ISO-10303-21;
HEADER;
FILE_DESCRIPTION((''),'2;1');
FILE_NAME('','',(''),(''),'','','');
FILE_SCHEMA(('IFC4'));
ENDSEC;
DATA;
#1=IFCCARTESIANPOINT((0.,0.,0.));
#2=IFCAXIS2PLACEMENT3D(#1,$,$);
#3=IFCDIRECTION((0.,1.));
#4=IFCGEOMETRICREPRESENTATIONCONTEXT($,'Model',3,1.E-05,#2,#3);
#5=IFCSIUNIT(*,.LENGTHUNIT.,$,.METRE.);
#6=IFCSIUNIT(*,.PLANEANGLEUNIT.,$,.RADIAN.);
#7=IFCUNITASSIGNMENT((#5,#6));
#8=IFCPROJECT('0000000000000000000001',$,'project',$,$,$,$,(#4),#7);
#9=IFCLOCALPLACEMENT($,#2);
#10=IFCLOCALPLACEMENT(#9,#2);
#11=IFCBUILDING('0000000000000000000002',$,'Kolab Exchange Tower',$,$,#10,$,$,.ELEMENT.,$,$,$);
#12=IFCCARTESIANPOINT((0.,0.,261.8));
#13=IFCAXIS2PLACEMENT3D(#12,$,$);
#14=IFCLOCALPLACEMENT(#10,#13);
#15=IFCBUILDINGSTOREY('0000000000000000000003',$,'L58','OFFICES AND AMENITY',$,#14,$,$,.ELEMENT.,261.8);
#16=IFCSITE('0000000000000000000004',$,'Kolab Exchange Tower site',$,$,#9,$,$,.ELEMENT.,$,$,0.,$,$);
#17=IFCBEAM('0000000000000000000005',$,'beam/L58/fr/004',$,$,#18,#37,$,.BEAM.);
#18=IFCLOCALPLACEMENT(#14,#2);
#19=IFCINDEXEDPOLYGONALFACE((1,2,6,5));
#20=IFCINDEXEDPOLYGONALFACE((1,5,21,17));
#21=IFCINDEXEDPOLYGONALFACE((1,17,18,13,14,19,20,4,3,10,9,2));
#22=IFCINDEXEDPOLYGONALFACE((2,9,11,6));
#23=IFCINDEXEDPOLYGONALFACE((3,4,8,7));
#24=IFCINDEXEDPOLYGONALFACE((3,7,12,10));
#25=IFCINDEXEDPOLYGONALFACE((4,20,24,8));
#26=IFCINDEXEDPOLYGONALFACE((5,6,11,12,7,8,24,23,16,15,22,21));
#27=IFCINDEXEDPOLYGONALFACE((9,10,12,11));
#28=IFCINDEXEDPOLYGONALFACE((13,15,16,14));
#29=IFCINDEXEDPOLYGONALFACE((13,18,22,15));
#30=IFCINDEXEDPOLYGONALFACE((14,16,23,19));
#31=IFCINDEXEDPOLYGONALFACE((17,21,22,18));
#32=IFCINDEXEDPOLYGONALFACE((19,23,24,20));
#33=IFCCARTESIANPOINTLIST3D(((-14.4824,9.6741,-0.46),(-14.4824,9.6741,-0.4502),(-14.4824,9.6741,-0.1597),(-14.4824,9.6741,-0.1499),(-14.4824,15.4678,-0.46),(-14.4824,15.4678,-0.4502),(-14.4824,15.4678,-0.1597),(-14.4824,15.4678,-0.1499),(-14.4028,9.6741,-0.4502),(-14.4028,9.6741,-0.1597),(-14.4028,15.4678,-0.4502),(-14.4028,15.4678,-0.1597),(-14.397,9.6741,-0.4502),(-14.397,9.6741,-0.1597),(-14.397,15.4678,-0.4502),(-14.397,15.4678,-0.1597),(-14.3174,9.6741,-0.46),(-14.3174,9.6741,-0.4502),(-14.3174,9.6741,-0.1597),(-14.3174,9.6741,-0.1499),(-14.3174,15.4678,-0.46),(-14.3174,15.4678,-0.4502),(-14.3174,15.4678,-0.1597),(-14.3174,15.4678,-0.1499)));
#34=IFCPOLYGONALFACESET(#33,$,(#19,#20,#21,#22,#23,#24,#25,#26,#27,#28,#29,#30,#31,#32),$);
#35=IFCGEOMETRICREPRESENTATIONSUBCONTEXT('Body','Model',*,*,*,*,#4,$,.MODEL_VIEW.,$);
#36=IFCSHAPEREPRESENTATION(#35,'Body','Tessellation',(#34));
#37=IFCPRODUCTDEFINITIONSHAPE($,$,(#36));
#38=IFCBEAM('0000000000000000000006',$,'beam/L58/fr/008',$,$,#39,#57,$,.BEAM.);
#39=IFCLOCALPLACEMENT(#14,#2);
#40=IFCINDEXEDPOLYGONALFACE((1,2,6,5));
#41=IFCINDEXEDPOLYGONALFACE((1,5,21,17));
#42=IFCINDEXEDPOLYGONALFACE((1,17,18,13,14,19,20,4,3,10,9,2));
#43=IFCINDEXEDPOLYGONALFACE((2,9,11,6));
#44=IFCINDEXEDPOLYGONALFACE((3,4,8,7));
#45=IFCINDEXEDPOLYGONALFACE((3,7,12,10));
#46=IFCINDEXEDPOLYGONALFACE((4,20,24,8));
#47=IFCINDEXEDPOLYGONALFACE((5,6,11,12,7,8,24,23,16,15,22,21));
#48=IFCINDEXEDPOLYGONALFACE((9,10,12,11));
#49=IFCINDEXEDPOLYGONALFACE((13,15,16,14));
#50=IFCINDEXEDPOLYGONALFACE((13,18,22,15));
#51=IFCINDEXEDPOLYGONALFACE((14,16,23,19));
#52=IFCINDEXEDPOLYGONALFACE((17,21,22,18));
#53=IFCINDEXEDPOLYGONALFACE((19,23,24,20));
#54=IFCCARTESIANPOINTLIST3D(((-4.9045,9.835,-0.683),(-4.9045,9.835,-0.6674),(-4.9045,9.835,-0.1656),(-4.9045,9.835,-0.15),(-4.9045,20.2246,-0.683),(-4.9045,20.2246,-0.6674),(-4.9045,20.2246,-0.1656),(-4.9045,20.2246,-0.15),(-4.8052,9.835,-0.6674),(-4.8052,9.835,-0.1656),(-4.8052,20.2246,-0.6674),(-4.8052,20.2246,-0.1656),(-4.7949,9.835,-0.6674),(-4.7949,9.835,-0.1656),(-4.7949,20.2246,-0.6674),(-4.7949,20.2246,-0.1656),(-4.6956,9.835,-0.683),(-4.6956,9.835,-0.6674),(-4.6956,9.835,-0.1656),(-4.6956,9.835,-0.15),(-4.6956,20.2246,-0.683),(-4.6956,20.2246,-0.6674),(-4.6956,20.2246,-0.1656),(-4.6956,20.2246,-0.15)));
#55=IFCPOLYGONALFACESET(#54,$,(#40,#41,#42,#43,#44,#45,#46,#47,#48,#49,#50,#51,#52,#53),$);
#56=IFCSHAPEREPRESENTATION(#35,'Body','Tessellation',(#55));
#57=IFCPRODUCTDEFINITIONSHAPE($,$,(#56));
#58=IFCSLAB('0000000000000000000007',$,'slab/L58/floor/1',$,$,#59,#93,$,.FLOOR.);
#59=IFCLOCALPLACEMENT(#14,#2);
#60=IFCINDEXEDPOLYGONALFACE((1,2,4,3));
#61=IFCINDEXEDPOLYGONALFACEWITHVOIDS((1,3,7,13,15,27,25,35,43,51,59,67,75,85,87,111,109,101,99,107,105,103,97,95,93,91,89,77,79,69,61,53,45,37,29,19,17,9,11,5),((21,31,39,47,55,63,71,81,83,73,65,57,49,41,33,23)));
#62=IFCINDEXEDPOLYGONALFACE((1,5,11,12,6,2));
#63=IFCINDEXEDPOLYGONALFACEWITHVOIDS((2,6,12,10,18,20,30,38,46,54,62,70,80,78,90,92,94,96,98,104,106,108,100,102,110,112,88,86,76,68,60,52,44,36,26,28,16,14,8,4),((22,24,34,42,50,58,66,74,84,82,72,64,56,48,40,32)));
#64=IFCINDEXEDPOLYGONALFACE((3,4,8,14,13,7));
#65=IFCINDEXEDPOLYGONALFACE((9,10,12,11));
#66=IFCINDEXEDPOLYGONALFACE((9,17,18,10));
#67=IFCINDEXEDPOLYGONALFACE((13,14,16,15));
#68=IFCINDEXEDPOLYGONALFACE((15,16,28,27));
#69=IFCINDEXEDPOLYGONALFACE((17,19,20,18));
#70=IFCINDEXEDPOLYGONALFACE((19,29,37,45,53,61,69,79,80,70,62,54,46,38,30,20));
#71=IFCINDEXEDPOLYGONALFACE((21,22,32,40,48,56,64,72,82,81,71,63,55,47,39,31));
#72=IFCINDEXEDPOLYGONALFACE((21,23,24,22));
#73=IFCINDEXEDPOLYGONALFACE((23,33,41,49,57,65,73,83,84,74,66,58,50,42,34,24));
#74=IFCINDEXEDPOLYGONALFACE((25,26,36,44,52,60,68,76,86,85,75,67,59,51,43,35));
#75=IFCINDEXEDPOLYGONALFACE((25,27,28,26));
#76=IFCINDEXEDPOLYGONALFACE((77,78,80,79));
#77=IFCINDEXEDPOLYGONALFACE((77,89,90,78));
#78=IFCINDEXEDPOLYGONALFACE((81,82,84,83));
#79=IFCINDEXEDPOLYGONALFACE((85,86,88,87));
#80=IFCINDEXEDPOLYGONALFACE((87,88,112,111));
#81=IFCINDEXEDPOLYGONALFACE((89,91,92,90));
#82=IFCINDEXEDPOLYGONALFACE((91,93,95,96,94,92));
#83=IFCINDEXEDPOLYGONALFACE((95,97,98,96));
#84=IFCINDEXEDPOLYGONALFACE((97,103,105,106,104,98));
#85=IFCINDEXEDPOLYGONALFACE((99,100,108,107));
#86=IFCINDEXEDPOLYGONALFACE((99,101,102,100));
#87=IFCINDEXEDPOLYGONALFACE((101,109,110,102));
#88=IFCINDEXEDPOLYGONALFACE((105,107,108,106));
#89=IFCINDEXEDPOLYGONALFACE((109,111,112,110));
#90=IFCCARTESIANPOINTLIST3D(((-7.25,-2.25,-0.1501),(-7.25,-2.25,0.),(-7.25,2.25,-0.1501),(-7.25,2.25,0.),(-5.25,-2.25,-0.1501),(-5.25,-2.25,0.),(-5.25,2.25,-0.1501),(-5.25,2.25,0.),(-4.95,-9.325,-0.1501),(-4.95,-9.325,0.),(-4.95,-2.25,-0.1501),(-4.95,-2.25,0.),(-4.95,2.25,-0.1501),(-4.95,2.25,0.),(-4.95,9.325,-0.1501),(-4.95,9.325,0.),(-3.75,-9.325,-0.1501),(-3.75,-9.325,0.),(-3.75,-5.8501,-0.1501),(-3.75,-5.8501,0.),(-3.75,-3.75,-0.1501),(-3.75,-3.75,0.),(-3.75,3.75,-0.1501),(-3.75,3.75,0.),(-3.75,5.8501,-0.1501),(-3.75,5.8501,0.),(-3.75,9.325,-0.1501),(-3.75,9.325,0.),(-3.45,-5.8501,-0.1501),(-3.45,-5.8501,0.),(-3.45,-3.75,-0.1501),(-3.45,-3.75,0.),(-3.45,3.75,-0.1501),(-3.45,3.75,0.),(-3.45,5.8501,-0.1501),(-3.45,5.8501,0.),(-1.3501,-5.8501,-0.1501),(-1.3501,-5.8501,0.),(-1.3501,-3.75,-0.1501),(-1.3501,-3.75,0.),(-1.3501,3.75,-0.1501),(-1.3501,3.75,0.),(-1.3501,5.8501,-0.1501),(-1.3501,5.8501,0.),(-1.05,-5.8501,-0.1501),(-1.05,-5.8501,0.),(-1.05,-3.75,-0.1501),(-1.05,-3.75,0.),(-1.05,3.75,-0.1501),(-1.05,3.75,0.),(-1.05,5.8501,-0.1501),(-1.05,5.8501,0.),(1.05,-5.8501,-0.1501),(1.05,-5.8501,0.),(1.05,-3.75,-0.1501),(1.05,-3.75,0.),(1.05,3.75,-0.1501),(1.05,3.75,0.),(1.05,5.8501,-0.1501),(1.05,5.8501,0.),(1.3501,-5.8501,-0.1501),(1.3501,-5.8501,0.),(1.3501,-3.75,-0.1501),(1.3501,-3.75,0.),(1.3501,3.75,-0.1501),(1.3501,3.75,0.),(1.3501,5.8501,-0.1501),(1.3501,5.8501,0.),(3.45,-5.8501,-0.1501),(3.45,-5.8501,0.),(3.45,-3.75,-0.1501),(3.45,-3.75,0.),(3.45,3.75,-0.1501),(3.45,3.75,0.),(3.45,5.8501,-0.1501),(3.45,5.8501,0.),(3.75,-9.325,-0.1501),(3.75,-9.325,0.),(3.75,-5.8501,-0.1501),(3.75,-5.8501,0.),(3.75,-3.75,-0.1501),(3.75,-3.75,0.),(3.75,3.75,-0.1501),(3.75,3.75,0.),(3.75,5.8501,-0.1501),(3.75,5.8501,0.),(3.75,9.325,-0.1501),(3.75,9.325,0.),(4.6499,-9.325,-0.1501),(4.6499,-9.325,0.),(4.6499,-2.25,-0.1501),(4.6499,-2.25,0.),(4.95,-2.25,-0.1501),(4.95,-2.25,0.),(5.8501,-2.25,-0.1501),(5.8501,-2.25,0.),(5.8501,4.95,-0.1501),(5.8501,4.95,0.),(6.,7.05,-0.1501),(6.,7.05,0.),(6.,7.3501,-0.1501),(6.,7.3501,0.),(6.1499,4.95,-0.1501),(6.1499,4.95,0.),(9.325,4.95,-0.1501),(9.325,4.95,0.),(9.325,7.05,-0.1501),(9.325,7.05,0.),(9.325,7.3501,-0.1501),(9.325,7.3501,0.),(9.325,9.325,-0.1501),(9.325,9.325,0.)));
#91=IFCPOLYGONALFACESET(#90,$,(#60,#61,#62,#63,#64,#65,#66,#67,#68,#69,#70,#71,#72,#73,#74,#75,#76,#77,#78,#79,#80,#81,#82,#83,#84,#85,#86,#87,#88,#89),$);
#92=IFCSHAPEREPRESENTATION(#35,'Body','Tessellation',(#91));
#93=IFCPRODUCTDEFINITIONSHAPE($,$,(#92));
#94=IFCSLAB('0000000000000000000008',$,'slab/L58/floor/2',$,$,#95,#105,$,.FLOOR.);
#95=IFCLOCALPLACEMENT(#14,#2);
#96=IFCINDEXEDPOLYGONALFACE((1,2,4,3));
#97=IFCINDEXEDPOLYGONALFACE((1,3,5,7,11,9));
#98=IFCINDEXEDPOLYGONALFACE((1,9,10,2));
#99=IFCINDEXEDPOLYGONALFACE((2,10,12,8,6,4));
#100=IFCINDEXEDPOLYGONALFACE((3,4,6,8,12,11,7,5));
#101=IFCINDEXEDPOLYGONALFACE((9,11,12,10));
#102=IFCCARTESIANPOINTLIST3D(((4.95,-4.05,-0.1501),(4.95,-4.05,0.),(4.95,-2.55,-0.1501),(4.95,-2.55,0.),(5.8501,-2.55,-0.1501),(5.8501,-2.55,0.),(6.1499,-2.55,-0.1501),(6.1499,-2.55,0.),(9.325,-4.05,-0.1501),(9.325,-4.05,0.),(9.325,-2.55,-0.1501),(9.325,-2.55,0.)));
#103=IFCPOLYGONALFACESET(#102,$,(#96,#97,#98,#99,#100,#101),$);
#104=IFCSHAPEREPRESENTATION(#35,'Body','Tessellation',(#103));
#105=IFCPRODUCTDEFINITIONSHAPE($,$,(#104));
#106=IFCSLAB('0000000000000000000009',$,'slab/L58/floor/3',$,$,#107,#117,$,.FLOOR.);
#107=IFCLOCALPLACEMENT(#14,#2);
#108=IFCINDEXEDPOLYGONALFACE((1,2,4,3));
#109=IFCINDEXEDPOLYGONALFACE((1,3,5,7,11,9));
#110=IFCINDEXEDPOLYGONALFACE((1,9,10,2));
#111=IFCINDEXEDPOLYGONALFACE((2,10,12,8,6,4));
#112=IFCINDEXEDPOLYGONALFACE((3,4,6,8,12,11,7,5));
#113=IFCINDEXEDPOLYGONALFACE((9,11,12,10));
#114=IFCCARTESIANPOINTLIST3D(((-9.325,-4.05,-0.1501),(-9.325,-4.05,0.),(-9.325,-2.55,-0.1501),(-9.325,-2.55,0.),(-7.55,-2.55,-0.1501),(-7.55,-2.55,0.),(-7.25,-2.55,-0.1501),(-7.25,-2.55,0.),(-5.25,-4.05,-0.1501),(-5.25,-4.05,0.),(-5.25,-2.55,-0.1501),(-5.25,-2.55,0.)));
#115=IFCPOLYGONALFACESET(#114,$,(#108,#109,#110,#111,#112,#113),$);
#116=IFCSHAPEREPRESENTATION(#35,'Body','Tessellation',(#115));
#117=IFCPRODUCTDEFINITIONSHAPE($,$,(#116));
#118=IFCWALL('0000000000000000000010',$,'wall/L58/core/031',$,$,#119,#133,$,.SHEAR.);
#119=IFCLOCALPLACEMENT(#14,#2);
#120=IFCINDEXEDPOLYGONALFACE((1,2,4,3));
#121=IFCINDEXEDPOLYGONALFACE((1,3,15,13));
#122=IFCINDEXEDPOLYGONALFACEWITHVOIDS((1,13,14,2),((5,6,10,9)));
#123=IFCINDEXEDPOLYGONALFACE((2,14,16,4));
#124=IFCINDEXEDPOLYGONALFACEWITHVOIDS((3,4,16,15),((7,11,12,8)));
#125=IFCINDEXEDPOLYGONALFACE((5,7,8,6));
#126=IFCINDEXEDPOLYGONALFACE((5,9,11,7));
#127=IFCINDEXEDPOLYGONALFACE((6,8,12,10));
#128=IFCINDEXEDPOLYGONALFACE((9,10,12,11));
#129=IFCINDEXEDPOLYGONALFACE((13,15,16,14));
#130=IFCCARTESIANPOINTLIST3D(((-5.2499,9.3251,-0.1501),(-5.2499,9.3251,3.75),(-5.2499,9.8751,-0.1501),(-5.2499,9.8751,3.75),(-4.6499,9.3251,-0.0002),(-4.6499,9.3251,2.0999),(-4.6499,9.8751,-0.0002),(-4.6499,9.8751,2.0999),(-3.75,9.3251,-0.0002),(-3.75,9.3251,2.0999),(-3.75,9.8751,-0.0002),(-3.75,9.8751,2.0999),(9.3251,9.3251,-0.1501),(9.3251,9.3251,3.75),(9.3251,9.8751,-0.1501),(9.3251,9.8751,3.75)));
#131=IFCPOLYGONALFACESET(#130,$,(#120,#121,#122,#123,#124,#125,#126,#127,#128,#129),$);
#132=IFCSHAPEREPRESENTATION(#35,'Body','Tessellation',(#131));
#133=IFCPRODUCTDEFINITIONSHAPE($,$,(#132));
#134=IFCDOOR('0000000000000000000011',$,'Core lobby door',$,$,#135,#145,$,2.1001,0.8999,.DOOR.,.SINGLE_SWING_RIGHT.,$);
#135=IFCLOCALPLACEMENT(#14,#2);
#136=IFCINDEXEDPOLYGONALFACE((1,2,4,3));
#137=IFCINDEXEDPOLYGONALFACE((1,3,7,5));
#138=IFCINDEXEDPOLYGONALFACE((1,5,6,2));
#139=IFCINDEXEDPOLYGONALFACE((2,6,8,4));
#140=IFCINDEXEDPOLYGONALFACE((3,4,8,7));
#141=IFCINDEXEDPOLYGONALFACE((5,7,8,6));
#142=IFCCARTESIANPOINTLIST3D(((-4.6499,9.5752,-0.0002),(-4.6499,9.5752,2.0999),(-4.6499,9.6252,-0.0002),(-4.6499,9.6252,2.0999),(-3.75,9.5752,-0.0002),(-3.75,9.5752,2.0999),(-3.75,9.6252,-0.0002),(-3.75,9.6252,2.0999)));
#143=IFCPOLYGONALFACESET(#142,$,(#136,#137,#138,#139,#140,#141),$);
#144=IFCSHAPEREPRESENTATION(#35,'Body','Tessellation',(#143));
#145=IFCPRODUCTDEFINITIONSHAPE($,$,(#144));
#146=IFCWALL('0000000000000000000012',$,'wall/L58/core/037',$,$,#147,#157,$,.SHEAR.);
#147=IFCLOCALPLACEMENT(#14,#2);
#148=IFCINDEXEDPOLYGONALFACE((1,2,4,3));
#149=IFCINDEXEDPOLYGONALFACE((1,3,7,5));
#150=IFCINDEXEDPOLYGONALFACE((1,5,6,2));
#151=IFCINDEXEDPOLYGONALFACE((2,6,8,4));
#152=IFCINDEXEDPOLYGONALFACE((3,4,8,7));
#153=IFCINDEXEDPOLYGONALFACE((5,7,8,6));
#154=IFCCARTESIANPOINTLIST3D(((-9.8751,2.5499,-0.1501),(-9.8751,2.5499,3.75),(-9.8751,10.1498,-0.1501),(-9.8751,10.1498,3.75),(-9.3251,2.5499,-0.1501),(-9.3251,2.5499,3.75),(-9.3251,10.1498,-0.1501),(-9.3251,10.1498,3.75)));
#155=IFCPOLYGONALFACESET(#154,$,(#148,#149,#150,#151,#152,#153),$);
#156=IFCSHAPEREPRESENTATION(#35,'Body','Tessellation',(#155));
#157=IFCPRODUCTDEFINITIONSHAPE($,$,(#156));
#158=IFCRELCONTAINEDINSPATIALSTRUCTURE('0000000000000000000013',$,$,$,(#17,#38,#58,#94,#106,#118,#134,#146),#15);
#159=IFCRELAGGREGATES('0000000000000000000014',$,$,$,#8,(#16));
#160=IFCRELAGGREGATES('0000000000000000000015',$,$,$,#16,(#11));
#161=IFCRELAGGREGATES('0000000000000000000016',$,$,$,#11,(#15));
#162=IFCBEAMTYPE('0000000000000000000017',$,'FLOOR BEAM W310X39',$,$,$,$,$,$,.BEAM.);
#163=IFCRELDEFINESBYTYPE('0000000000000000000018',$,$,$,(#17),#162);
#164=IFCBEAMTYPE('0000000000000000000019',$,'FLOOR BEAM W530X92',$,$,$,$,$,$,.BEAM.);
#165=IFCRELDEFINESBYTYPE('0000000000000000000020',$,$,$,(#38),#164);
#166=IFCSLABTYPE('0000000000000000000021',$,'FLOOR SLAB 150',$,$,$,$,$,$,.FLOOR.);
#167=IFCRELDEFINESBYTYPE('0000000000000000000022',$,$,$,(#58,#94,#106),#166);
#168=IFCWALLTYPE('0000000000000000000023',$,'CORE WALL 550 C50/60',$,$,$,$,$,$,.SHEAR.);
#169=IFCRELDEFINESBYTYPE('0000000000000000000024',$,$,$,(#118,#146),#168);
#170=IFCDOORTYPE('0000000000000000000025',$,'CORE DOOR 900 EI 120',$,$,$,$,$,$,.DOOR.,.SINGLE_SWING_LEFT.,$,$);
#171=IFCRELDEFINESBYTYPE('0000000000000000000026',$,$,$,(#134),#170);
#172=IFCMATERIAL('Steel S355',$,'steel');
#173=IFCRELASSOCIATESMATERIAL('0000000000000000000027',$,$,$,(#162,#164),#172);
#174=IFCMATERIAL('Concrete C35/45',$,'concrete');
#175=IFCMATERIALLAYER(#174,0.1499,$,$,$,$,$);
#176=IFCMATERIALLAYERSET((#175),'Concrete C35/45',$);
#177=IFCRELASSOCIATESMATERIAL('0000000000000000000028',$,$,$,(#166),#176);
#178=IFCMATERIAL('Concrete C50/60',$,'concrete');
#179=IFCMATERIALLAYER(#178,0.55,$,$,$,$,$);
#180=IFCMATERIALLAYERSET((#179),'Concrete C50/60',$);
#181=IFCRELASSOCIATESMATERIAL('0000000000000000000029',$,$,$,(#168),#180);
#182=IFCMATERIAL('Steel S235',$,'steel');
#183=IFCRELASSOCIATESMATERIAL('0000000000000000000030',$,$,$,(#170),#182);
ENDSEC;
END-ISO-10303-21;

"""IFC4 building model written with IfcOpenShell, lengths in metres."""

from ifc_helpers import new_model, si_unit, direction, frame, frame_2d, origin, origin_2d, place, context, subcontext, project, spatial, polyline, rectangle, i_section, outline, extrude, material, layer, layer_set, material_profile, profile_set, type_object, element, fill, save


model = new_model("IFC4")

# Units and contexts
model_context = context("Model", 3, precision=1e-05, world=origin(), true_north=direction((0.0, 1.0)))
body_context = subcontext(model_context, "Body", "Model", "MODEL_VIEW")
ifc_project = project(units=[si_unit("LENGTHUNIT", "METRE"), si_unit("PLANEANGLEUNIT", "RADIAN")], contexts=[model_context])

# Site, building, storey
site_placement = place(None, origin())
site = spatial("IfcSite", under=ifc_project, at=site_placement, Name="Kolab Exchange Tower site", CompositionType="ELEMENT", RefElevation=0.0)
building_placement = place(site_placement, origin())
building = spatial("IfcBuilding", under=site, at=building_placement, Name="Kolab Exchange Tower", CompositionType="ELEMENT")
storey_placement = place(building_placement, frame((0.0, 0.0, 261.8)))
storey = spatial("IfcBuildingStorey", under=building, at=storey_placement, Name="L58", Description="OFFICES AND AMENITY", CompositionType="ELEMENT", Elevation=261.8)

# Beams
ifc_material_1 = material(Name="Steel S355", Category="steel")
ifc_material_profile_1 = material_profile(ifc_material_1, i_section(OverallWidth=0.165, OverallDepth=0.3101, WebThickness=0.0059, FlangeThickness=0.0098, at=origin_2d()), Name="W310X39")
ifc_profile_set_1 = profile_set([ifc_material_profile_1], Name="Steel S355")
beam_type_1 = type_object("IfcBeamType", Name="FLOOR BEAM W310X39", PredefinedType="BEAM", material=ifc_profile_set_1)
beam_1_placement = place(storey_placement, frame((-14.3999, 9.6741, -0.3049), z_axis=(0.0, 1.0, 0.0), x_axis=(-1.0, 0.0, 0.0)))
element("IfcBeam", 1, at=beam_1_placement, inside=storey, type_object=beam_type_1, Name="beam/L58/fr/004", PredefinedType="BEAM", context=body_context, shape_type="SweptSolid", body=[
    extrude(i_section(OverallWidth=0.165, OverallDepth=0.3101, WebThickness=0.0059, FlangeThickness=0.0098, at=origin_2d()), origin(), (0.0, 0.0, 1.0), 5.7937),
])
ifc_material_profile_2 = material_profile(ifc_material_1, i_section(OverallWidth=0.209, OverallDepth=0.533, WebThickness=0.0103, FlangeThickness=0.0156, at=origin_2d()), Name="W530X92")
ifc_profile_set_2 = profile_set([ifc_material_profile_2], Name="Steel S355")
beam_type_2 = type_object("IfcBeamType", Name="FLOOR BEAM W530X92", PredefinedType="BEAM", material=ifc_profile_set_2)
beam_2_placement = place(storey_placement, frame((-4.8, 9.835, -0.4165), z_axis=(0.0, 1.0, 0.0), x_axis=(-1.0, 0.0, 0.0)))
element("IfcBeam", 2, at=beam_2_placement, inside=storey, type_object=beam_type_2, Name="beam/L58/fr/008", PredefinedType="BEAM", context=body_context, shape_type="SweptSolid", body=[
    extrude(i_section(OverallWidth=0.209, OverallDepth=0.533, WebThickness=0.0103, FlangeThickness=0.0156, at=origin_2d()), origin(), (0.0, 0.0, 1.0), 10.3896),
])

# Slabs
ifc_material_2 = material(Name="Concrete C35/45", Category="concrete")
ifc_layer_1 = layer(ifc_material_2, 0.1499)
ifc_layer_set_1 = layer_set([ifc_layer_1], Name="Concrete C35/45")
slab_type = type_object("IfcSlabType", Name="FLOOR SLAB 150", PredefinedType="FLOOR", material=ifc_layer_set_1)
slab_1_placement = place(storey_placement, frame((0.0, 0.0, -0.1501)))
element("IfcSlab", 3, at=slab_1_placement, inside=storey, type_object=slab_type, Name="slab/L58/floor/1", PredefinedType="FLOOR", context=body_context, shape_type="SweptSolid", body=[
    extrude(outline(polyline([(-4.95, 9.325), (-4.95, 2.25), (-5.25, 2.25), (-7.25, 2.25), (-7.25, -2.25), (-5.25, -2.25), (-4.95, -2.25), (-4.95, -9.325), (-3.75, -9.325), (-3.75, -5.8501), (-3.45, -5.8501), (-1.3501, -5.8501), (-1.05, -5.8501), (1.05, -5.8501), (1.3501, -5.8501), (3.45, -5.8501), (3.75, -5.8501), (3.75, -9.325), (4.6499, -9.325), (4.6499, -2.25), (4.95, -2.25), (5.8501, -2.25), (5.8501, 4.95), (6.1499, 4.95), (9.325, 4.95), (9.325, 7.05), (6.0, 7.05), (6.0, 7.3501), (9.325, 7.3501), (9.325, 9.325), (3.75, 9.325), (3.75, 5.8501), (3.45, 5.8501), (1.3501, 5.8501), (1.05, 5.8501), (-1.05, 5.8501), (-1.3501, 5.8501), (-3.45, 5.8501), (-3.75, 5.8501), (-3.75, 9.325), (-4.95, 9.325)]), holes=[polyline([(-3.45, -3.75), (-3.75, -3.75), (-3.75, 3.75), (-3.45, 3.75), (-1.3501, 3.75), (-1.05, 3.75), (1.05, 3.75), (1.3501, 3.75), (3.45, 3.75), (3.75, 3.75), (3.75, -3.75), (3.45, -3.75), (1.3501, -3.75), (1.05, -3.75), (-1.05, -3.75), (-1.3501, -3.75), (-3.45, -3.75)])]), origin(), (0.0, 0.0, 1.0), 0.1501),
])
slab_2_placement = place(storey_placement, frame((0.0, 0.0, -0.1501)))
element("IfcSlab", 4, at=slab_2_placement, inside=storey, type_object=slab_type, Name="slab/L58/floor/2", PredefinedType="FLOOR", context=body_context, shape_type="SweptSolid", body=[
    extrude(outline(polyline([(4.95, -2.55), (4.95, -4.05), (9.325, -4.05), (9.325, -2.55), (6.1499, -2.55), (5.8501, -2.55), (4.95, -2.55)])), origin(), (0.0, 0.0, 1.0), 0.1501),
])
slab_3_placement = place(storey_placement, frame((0.0, 0.0, -0.1501)))
element("IfcSlab", 5, at=slab_3_placement, inside=storey, type_object=slab_type, Name="slab/L58/floor/3", PredefinedType="FLOOR", context=body_context, shape_type="SweptSolid", body=[
    extrude(outline(polyline([(-7.55, -2.55), (-9.325, -2.55), (-9.325, -4.05), (-5.25, -4.05), (-5.25, -2.55), (-7.25, -2.55), (-7.55, -2.55)])), origin(), (0.0, 0.0, 1.0), 0.1501),
])

# Wall, opening, door
ifc_material_3 = material(Name="Concrete C50/60", Category="concrete")
ifc_layer_2 = layer(ifc_material_3, 0.55)
ifc_layer_set_2 = layer_set([ifc_layer_2], Name="Concrete C50/60")
wall_type_1 = type_object("IfcWallType", Name="CORE WALL 550 C50/60", PredefinedType="SHEAR", material=ifc_layer_set_2)
wall_1_placement = place(storey_placement, frame((-5.25, 9.6001, -0.1501), z_axis=(0.0, 0.0, 1.0), x_axis=(1.0, 0.0, 0.0)))
wall_1 = element("IfcWall", 6, at=wall_1_placement, inside=storey, type_object=wall_type_1, Name="wall/L58/core/031", PredefinedType="SHEAR", context=body_context, shape_type="SweptSolid", body=[
    extrude(rectangle(XDim=14.575, YDim=0.55, at=frame_2d((7.2876, 0.0))), origin(), (0.0, 0.0, 1.0), 3.9001),
])
opening_1_placement = place(wall_1_placement, frame((0.6001, 0.0, 0.1499)))
opening_1 = element("IfcOpeningElement", 7, at=opening_1_placement, cuts=wall_1, PredefinedType="OPENING", context=body_context, shape_type="SweptSolid", body=[
    extrude(rectangle(XDim=0.8999, YDim=2.1001, at=frame_2d((0.45, 1.05))), frame((0.0, 0.2852, 0.0), z_axis=(0.0, -1.0, 0.0), x_axis=(1.0, 0.0, 0.0)), (0.0, 0.0, 1.0), 0.5701),
])
ifc_material_4 = material(Name="Steel S235", Category="steel")
door_type_1 = type_object("IfcDoorType", Name="CORE DOOR 900 EI 120", OperationType="SINGLE_SWING_LEFT", PredefinedType="DOOR", material=ifc_material_4)
door_1_placement = place(opening_1_placement, frame((0.8999, 0.0, 0.0), z_axis=(0.0, 0.0, 1.0), x_axis=(-1.0, 0.0, 0.0)))
door_1 = element("IfcDoor", 8, at=door_1_placement, inside=storey, type_object=door_type_1, Name="Core lobby door", OperationType="SINGLE_SWING_RIGHT", OverallHeight=2.1001, OverallWidth=0.8999, PredefinedType="DOOR", context=body_context, shape_type="SweptSolid", body=[
    extrude(rectangle(XDim=0.8999, YDim=2.1001, at=frame_2d((0.45, 1.05))), frame((0.0, 0.0249, 0.0), z_axis=(0.0, -1.0, 0.0), x_axis=(1.0, 0.0, 0.0)), (0.0, 0.0, 1.0), 0.05),
])
fill(opening_1, door_1)

# Wall
wall_2_placement = place(storey_placement, frame((-9.6001, 2.55, -0.1501), z_axis=(0.0, 0.0, 1.0), x_axis=(0.0, 1.0, 0.0)))
element("IfcWall", 9, at=wall_2_placement, inside=storey, type_object=wall_type_1, Name="wall/L58/core/037", PredefinedType="SHEAR", context=body_context, shape_type="SweptSolid", body=[
    extrude(rectangle(XDim=7.5999, YDim=0.55, at=frame_2d((3.7998, 0.0))), origin(), (0.0, 0.0, 1.0), 3.9001),
])

save(model, "model.ifc")
